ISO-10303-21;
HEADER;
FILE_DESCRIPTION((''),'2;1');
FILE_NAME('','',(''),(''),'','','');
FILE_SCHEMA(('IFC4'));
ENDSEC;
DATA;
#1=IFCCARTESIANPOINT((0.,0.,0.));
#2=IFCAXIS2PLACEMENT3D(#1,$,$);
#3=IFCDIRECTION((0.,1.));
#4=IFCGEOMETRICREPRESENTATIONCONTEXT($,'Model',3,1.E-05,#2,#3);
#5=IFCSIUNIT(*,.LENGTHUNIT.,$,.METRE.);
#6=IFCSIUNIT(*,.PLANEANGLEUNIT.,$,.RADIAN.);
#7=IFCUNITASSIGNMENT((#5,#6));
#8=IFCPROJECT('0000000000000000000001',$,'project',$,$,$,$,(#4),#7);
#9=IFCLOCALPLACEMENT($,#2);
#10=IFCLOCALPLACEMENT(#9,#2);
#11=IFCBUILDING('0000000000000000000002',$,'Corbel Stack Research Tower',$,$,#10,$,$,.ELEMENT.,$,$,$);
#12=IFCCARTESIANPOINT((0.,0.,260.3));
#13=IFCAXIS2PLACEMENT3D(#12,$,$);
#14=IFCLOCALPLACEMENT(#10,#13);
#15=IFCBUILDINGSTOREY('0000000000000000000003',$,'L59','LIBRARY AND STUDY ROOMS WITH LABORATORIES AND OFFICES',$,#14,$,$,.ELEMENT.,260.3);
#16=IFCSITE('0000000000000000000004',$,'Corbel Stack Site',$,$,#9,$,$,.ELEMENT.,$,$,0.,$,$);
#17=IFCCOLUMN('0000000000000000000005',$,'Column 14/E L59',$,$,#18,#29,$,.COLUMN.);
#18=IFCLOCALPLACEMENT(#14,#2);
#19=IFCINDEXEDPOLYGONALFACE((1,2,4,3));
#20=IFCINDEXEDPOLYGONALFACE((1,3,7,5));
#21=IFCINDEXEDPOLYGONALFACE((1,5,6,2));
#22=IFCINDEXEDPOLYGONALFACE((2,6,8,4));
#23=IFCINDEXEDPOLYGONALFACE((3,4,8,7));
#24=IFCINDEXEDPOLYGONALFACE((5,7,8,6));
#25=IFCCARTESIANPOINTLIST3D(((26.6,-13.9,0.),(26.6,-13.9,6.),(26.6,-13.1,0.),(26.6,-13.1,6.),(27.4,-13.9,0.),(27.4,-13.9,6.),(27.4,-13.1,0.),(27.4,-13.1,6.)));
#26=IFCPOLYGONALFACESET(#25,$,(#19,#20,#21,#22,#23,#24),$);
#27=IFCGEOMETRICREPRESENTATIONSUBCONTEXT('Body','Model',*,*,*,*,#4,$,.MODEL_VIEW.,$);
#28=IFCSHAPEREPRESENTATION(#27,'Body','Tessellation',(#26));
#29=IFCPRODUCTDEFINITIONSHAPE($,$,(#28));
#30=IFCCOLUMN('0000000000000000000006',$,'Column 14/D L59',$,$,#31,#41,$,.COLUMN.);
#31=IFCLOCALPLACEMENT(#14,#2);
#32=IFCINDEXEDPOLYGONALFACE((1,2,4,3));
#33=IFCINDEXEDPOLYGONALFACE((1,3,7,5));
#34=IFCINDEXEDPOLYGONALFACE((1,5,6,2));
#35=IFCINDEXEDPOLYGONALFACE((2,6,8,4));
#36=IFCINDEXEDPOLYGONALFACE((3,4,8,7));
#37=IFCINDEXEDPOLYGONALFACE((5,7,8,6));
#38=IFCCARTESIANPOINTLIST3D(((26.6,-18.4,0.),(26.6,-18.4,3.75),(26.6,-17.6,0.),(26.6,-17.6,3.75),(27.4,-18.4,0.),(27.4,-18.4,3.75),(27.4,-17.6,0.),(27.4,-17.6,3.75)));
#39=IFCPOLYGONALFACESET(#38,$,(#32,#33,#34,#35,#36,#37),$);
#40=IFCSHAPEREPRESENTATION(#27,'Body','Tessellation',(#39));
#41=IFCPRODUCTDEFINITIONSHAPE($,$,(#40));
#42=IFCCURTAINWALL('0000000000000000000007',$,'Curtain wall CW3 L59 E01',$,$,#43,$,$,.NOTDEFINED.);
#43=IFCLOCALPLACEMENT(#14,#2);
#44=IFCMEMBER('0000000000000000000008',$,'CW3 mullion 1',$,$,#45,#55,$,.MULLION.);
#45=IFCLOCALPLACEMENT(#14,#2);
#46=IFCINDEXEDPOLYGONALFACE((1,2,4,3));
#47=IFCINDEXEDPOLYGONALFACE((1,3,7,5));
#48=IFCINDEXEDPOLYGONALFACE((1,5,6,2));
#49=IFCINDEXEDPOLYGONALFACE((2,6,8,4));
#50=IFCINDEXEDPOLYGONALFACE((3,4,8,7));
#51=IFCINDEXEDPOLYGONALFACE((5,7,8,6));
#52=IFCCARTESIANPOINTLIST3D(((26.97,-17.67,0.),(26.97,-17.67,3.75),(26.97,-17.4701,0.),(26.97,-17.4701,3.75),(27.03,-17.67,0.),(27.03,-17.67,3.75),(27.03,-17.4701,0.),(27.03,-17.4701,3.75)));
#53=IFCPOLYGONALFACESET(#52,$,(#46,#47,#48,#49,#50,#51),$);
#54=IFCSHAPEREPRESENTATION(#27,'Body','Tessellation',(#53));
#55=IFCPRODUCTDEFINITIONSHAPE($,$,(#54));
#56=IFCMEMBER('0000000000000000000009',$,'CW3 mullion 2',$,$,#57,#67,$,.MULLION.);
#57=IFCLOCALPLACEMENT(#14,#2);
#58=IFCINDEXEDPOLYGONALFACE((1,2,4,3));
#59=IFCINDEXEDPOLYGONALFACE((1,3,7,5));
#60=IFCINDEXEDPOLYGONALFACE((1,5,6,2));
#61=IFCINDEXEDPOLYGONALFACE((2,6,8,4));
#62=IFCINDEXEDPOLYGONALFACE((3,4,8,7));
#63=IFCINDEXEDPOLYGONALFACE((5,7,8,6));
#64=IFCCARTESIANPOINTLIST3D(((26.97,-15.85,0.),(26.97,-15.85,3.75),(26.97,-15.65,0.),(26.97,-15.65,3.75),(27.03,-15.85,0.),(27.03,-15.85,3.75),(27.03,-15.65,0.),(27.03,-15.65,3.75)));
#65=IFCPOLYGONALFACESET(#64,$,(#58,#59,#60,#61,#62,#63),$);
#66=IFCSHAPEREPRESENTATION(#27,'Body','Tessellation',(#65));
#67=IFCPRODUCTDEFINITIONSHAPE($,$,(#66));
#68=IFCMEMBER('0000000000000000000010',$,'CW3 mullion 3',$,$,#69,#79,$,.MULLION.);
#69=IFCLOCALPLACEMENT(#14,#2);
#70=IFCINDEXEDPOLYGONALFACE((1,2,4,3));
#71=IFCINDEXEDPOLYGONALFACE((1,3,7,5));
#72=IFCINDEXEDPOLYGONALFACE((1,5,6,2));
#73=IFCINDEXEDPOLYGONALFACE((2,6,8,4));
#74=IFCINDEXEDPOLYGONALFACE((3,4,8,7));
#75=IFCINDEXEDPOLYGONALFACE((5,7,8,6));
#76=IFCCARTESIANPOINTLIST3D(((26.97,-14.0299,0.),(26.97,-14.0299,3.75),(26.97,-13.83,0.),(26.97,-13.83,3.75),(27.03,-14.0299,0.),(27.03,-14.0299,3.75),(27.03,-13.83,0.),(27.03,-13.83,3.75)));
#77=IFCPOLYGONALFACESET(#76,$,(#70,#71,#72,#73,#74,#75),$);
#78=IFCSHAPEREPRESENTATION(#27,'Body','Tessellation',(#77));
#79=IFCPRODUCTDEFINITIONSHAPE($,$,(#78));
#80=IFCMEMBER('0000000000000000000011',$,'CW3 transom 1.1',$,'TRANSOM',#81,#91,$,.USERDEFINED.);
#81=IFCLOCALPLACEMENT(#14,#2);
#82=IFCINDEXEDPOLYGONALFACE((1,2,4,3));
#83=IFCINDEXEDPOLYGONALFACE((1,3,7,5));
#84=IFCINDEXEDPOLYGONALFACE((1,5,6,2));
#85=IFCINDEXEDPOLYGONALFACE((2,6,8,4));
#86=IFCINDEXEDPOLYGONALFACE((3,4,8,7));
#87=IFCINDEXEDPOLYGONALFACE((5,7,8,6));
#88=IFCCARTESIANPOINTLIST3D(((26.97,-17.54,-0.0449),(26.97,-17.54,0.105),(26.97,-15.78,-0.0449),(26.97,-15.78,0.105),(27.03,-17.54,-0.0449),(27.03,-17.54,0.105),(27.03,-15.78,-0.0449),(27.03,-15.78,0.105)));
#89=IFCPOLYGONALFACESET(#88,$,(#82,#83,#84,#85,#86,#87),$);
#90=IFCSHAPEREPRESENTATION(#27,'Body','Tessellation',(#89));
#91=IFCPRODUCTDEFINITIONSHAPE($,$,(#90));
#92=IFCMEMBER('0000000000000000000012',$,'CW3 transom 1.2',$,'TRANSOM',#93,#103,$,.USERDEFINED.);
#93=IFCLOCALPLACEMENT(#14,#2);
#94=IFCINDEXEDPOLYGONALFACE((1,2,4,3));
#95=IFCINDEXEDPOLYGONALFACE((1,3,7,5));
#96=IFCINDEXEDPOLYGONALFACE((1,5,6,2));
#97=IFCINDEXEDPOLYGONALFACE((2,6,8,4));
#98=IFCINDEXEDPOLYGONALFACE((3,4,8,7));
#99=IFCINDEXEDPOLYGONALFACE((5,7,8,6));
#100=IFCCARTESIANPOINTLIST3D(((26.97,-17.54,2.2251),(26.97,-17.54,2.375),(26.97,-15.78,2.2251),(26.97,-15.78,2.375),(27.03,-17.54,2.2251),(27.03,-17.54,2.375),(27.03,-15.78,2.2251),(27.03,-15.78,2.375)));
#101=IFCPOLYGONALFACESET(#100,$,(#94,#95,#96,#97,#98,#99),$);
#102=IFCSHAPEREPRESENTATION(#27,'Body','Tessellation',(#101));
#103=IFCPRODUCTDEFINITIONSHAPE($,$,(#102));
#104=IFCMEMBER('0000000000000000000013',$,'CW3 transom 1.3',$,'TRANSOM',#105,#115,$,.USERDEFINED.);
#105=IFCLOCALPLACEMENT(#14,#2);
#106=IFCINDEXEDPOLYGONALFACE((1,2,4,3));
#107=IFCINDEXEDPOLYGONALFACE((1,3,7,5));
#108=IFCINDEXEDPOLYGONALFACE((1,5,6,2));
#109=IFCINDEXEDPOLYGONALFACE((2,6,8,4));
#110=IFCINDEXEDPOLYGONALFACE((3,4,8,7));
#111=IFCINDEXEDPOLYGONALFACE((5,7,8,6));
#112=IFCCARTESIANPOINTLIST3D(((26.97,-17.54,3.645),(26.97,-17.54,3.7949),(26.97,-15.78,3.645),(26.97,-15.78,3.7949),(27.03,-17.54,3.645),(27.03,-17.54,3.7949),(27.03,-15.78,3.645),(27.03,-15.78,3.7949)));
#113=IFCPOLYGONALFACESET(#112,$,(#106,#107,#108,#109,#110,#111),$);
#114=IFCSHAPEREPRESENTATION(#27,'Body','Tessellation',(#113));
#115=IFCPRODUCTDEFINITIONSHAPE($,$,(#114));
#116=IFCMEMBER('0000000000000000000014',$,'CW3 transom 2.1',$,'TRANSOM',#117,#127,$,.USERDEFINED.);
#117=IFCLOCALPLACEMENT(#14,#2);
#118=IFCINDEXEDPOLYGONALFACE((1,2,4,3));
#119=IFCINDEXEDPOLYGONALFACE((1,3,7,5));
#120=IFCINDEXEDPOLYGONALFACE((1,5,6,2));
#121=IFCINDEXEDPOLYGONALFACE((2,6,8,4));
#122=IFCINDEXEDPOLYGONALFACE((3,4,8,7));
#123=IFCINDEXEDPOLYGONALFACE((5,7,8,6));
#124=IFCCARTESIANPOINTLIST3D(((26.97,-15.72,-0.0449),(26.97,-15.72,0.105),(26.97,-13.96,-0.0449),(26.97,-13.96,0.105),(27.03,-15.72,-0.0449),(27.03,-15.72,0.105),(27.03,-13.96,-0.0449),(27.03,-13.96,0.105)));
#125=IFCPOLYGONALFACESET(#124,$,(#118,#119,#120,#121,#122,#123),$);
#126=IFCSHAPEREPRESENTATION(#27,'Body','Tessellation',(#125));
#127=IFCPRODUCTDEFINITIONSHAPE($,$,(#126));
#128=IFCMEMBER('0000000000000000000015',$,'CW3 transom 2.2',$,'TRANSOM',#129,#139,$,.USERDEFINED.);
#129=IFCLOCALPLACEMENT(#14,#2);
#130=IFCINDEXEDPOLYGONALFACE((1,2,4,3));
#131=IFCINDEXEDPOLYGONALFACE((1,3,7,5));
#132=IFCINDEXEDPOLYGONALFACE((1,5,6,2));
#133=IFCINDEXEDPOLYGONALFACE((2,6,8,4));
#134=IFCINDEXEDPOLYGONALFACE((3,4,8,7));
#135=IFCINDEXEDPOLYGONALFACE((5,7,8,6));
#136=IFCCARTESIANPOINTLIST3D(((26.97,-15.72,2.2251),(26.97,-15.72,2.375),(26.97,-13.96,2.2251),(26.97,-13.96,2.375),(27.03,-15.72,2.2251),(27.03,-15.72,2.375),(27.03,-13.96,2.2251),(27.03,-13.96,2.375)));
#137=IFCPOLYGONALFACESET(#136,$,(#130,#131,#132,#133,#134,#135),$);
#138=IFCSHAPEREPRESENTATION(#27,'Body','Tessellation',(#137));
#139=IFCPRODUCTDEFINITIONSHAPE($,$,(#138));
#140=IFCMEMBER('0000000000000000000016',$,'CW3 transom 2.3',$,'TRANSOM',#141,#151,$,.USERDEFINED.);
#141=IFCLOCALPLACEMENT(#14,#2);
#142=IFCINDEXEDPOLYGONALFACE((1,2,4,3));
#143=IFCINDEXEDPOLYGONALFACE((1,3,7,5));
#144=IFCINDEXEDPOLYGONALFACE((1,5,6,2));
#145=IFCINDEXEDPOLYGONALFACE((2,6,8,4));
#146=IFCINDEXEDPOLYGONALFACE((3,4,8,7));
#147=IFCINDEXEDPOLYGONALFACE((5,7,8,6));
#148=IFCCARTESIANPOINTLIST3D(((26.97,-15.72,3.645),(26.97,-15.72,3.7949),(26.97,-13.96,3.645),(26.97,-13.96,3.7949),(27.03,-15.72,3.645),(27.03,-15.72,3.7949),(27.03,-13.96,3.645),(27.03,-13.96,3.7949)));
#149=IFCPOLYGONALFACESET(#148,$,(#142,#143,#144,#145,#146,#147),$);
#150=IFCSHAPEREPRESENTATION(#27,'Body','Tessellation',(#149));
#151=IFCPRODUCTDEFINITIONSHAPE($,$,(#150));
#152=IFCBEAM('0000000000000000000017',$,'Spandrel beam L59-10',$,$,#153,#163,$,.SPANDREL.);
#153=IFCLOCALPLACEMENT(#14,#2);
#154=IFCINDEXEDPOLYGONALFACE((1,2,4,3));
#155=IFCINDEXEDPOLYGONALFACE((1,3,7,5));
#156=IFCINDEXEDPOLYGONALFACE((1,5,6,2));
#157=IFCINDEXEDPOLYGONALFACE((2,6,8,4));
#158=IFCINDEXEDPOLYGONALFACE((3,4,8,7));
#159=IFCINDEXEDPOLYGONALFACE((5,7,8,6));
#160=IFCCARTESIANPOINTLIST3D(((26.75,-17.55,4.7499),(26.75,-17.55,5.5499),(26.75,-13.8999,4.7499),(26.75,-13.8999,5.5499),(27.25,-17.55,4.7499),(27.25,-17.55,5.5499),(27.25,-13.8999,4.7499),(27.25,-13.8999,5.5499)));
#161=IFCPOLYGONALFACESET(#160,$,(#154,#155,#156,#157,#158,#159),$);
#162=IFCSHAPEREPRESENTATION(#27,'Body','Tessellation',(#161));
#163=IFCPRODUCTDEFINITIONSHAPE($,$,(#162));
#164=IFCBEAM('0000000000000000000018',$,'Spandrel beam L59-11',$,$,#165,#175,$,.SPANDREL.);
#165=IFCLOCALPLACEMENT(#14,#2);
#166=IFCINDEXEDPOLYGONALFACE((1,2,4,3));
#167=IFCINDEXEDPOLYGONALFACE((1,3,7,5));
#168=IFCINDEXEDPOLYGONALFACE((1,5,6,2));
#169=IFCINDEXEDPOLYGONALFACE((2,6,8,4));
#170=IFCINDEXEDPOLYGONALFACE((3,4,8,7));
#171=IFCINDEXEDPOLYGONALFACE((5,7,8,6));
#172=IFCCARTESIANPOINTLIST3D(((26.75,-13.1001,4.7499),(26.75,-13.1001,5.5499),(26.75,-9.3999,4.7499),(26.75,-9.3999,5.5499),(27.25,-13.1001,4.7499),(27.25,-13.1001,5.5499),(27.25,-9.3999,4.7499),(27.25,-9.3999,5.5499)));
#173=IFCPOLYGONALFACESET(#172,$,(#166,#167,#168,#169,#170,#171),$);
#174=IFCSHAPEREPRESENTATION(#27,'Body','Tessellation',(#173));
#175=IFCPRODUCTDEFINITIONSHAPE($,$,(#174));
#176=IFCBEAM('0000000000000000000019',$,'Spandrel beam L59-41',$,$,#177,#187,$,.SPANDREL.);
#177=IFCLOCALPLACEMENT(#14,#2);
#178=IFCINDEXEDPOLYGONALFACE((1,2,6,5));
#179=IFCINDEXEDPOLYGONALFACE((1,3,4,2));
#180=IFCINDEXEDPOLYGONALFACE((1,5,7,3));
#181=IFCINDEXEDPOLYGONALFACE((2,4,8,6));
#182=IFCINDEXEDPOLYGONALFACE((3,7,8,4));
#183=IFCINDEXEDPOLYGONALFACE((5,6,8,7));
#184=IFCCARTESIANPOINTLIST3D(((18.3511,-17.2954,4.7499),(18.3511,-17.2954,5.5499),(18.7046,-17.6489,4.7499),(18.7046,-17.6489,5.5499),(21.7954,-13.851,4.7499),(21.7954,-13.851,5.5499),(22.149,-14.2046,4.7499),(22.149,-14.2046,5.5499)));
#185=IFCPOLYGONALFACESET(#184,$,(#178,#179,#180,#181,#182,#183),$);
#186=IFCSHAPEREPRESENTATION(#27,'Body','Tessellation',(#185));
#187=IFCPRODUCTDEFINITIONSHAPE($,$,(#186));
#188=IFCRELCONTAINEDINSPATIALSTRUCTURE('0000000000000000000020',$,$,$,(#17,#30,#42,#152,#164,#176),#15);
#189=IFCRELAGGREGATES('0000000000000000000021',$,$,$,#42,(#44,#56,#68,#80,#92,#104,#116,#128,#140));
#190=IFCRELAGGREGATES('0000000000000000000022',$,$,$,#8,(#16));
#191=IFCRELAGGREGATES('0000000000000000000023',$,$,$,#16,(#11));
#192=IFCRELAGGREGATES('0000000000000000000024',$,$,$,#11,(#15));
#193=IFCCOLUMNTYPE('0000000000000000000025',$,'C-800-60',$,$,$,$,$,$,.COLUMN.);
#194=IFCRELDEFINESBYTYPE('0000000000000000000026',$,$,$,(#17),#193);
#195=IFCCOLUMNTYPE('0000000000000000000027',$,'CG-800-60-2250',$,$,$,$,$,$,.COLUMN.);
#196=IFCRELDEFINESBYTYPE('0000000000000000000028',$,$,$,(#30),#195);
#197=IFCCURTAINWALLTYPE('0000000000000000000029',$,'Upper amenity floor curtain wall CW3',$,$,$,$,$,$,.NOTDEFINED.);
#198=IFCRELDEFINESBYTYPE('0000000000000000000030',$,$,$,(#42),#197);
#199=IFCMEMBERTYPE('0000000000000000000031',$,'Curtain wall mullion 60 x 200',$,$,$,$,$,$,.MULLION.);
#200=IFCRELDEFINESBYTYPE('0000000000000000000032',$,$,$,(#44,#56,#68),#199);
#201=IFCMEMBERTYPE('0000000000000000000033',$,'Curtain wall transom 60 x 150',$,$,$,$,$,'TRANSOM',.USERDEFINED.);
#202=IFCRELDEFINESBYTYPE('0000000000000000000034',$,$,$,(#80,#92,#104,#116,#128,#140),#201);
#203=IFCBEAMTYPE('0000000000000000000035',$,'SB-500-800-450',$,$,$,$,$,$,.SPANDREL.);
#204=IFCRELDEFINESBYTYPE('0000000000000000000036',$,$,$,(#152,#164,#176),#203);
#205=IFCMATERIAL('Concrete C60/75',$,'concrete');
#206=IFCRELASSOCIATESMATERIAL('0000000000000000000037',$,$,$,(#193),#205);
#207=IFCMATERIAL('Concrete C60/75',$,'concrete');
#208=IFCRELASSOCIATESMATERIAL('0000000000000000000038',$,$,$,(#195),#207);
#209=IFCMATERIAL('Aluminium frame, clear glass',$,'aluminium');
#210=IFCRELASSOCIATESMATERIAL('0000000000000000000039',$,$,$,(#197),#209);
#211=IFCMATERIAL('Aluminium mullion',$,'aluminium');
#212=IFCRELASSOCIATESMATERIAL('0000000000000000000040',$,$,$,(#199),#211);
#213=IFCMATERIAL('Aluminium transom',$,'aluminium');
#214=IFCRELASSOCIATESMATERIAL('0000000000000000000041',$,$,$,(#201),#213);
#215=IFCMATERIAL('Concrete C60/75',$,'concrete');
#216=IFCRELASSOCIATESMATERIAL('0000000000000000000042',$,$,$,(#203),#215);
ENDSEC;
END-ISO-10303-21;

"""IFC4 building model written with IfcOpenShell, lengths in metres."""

from ifc_helpers import new_model, si_unit, direction, frame, origin, origin_2d, place, context, subcontext, project, spatial, rectangle, extrude, material, material_profile, profile_set, type_object, element, aggregate, save


model = new_model("IFC4")

# Units and contexts
model_context = context("Model", 3, precision=1e-05, world=origin(), true_north=direction((0.0, 1.0)))
body_context = subcontext(model_context, "Body", "Model", "MODEL_VIEW")
ifc_project = project(units=[si_unit("LENGTHUNIT", "METRE"), si_unit("PLANEANGLEUNIT", "RADIAN")], contexts=[model_context])

# Site, building, storey
site_placement = place(None, origin())
site = spatial("IfcSite", under=ifc_project, at=site_placement, Name="Corbel Stack Site", CompositionType="ELEMENT", RefElevation=0.0)
building_placement = place(site_placement, origin())
building = spatial("IfcBuilding", under=site, at=building_placement, Name="Corbel Stack Research Tower", CompositionType="ELEMENT")
storey_placement = place(building_placement, frame((0.0, 0.0, 260.3)))
storey = spatial("IfcBuildingStorey", under=building, at=storey_placement, Name="L59", Description="LIBRARY AND STUDY ROOMS WITH LABORATORIES AND OFFICES", CompositionType="ELEMENT", Elevation=260.3)

# Columns
ifc_material_1 = material(Name="Concrete C60/75", Category="concrete")
ifc_material_profile_1 = material_profile(ifc_material_1, rectangle(XDim=0.8, YDim=0.8, at=origin_2d()), Name="RC 800 x 800")
ifc_profile_set_1 = profile_set([ifc_material_profile_1], Name="Concrete C60/75")
column_type_1 = type_object("IfcColumnType", Name="C-800-60", PredefinedType="COLUMN", material=ifc_profile_set_1)
column_1_placement = place(storey_placement, frame((27.0, -13.5, 0.0), z_axis=(0.0, 0.0, 1.0), x_axis=(1.0, 0.0, 0.0)))
element("IfcColumn", 1, at=column_1_placement, inside=storey, type_object=column_type_1, Name="Column 14/E L59", PredefinedType="COLUMN", context=body_context, shape_type="SweptSolid", body=[
    extrude(rectangle(XDim=0.8, YDim=0.8, at=origin_2d()), origin(), (0.0, 0.0, 1.0), 6.0),
])
ifc_material_2 = material(Name="Concrete C60/75", Category="concrete")
ifc_material_profile_2 = material_profile(ifc_material_2, rectangle(XDim=0.8, YDim=0.8, at=origin_2d()), Name="RC 800 x 800")
ifc_profile_set_2 = profile_set([ifc_material_profile_2], Name="Concrete C60/75")
column_type_2 = type_object("IfcColumnType", Name="CG-800-60-2250", PredefinedType="COLUMN", material=ifc_profile_set_2)
column_2_placement = place(storey_placement, frame((27.0, -18.0, 0.0), z_axis=(0.0, 0.0, 1.0), x_axis=(1.0, 0.0, 0.0)))
element("IfcColumn", 2, at=column_2_placement, inside=storey, type_object=column_type_2, Name="Column 14/D L59", PredefinedType="COLUMN", context=body_context, shape_type="SweptSolid", body=[
    extrude(rectangle(XDim=0.8, YDim=0.8, at=origin_2d()), origin(), (0.0, 0.0, 1.0), 3.75),
])

# Curtain wall, members
ifc_material_3 = material(Name="Aluminium frame, clear glass", Category="aluminium")
curtain_wall_type = type_object("IfcCurtainWallType", Name="Upper amenity floor curtain wall CW3", PredefinedType="NOTDEFINED", material=ifc_material_3)
curtain_wall_placement = place(storey_placement, origin())
curtain_wall = element("IfcCurtainWall", 3, at=curtain_wall_placement, inside=storey, type_object=curtain_wall_type, Name="Curtain wall CW3 L59 E01", PredefinedType="NOTDEFINED")
ifc_material_4 = material(Name="Aluminium mullion", Category="aluminium")
ifc_material_profile_3 = material_profile(ifc_material_4, rectangle(XDim=0.0601, YDim=0.2, at=origin_2d()), Name="Mullion 60 x 200")
ifc_profile_set_3 = profile_set([ifc_material_profile_3], Name="Aluminium mullion")
member_type_1 = type_object("IfcMemberType", Name="Curtain wall mullion 60 x 200", PredefinedType="MULLION", material=ifc_profile_set_3)
member_1_placement = place(storey_placement, frame((27.0, -17.5701, 0.0), z_axis=(0.0, 0.0, 1.0), x_axis=(-1.0, 0.0, 0.0)))
member_1 = element("IfcMember", 4, at=member_1_placement, type_object=member_type_1, Name="CW3 mullion 1", PredefinedType="MULLION", context=body_context, shape_type="SweptSolid", body=[
    extrude(rectangle(XDim=0.0601, YDim=0.2, at=origin_2d()), origin(), (0.0, 0.0, 1.0), 3.75),
])
member_2_placement = place(storey_placement, frame((27.0, -15.75, 0.0), z_axis=(0.0, 0.0, 1.0), x_axis=(-1.0, 0.0, 0.0)))
member_2 = element("IfcMember", 5, at=member_2_placement, type_object=member_type_1, Name="CW3 mullion 2", PredefinedType="MULLION", context=body_context, shape_type="SweptSolid", body=[
    extrude(rectangle(XDim=0.0601, YDim=0.2, at=origin_2d()), origin(), (0.0, 0.0, 1.0), 3.75),
])
member_3_placement = place(storey_placement, frame((27.0, -13.9299, 0.0), z_axis=(0.0, 0.0, 1.0), x_axis=(-1.0, 0.0, 0.0)))
member_3 = element("IfcMember", 6, at=member_3_placement, type_object=member_type_1, Name="CW3 mullion 3", PredefinedType="MULLION", context=body_context, shape_type="SweptSolid", body=[
    extrude(rectangle(XDim=0.0601, YDim=0.2, at=origin_2d()), origin(), (0.0, 0.0, 1.0), 3.75),
])
ifc_material_5 = material(Name="Aluminium transom", Category="aluminium")
ifc_material_profile_4 = material_profile(ifc_material_5, rectangle(XDim=0.0601, YDim=0.1499, at=origin_2d()), Name="Transom 60 x 150")
ifc_profile_set_4 = profile_set([ifc_material_profile_4], Name="Aluminium transom")
member_type_2 = type_object("IfcMemberType", Name="Curtain wall transom 60 x 150", ElementType="TRANSOM", PredefinedType="USERDEFINED", material=ifc_profile_set_4)
member_4_placement = place(storey_placement, frame((27.0, -17.54, 0.03), z_axis=(0.0, 1.0, 0.0), x_axis=(-1.0, 0.0, 0.0)))
member_4 = element("IfcMember", 7, at=member_4_placement, type_object=member_type_2, Name="CW3 transom 1.1", ObjectType="TRANSOM", PredefinedType="USERDEFINED", context=body_context, shape_type="SweptSolid", body=[
    extrude(rectangle(XDim=0.0601, YDim=0.1499, at=origin_2d()), origin(), (0.0, 0.0, 1.0), 1.76),
])
member_5_placement = place(storey_placement, frame((27.0, -17.54, 2.3), z_axis=(0.0, 1.0, 0.0), x_axis=(-1.0, 0.0, 0.0)))
member_5 = element("IfcMember", 8, at=member_5_placement, type_object=member_type_2, Name="CW3 transom 1.2", ObjectType="TRANSOM", PredefinedType="USERDEFINED", context=body_context, shape_type="SweptSolid", body=[
    extrude(rectangle(XDim=0.0601, YDim=0.1499, at=origin_2d()), origin(), (0.0, 0.0, 1.0), 1.76),
])
member_6_placement = place(storey_placement, frame((27.0, -17.54, 3.72), z_axis=(0.0, 1.0, 0.0), x_axis=(-1.0, 0.0, 0.0)))
member_6 = element("IfcMember", 9, at=member_6_placement, type_object=member_type_2, Name="CW3 transom 1.3", ObjectType="TRANSOM", PredefinedType="USERDEFINED", context=body_context, shape_type="SweptSolid", body=[
    extrude(rectangle(XDim=0.0601, YDim=0.1499, at=origin_2d()), origin(), (0.0, 0.0, 1.0), 1.76),
])
member_7_placement = place(storey_placement, frame((27.0, -15.72, 0.03), z_axis=(0.0, 1.0, 0.0), x_axis=(-1.0, 0.0, 0.0)))
member_7 = element("IfcMember", 10, at=member_7_placement, type_object=member_type_2, Name="CW3 transom 2.1", ObjectType="TRANSOM", PredefinedType="USERDEFINED", context=body_context, shape_type="SweptSolid", body=[
    extrude(rectangle(XDim=0.0601, YDim=0.1499, at=origin_2d()), origin(), (0.0, 0.0, 1.0), 1.76),
])
member_8_placement = place(storey_placement, frame((27.0, -15.72, 2.3), z_axis=(0.0, 1.0, 0.0), x_axis=(-1.0, 0.0, 0.0)))
member_8 = element("IfcMember", 11, at=member_8_placement, type_object=member_type_2, Name="CW3 transom 2.2", ObjectType="TRANSOM", PredefinedType="USERDEFINED", context=body_context, shape_type="SweptSolid", body=[
    extrude(rectangle(XDim=0.0601, YDim=0.1499, at=origin_2d()), origin(), (0.0, 0.0, 1.0), 1.76),
])
member_9_placement = place(storey_placement, frame((27.0, -15.72, 3.72), z_axis=(0.0, 1.0, 0.0), x_axis=(-1.0, 0.0, 0.0)))
member_9 = element("IfcMember", 12, at=member_9_placement, type_object=member_type_2, Name="CW3 transom 2.3", ObjectType="TRANSOM", PredefinedType="USERDEFINED", context=body_context, shape_type="SweptSolid", body=[
    extrude(rectangle(XDim=0.0601, YDim=0.1499, at=origin_2d()), origin(), (0.0, 0.0, 1.0), 1.76),
])

# Beams
ifc_material_6 = material(Name="Concrete C60/75", Category="concrete")
ifc_material_profile_5 = material_profile(ifc_material_6, rectangle(XDim=0.5, YDim=0.8, at=origin_2d()), Name="RC 500 x 800")
ifc_profile_set_5 = profile_set([ifc_material_profile_5], Name="Concrete C60/75")
beam_type_1 = type_object("IfcBeamType", Name="SB-500-800-450", PredefinedType="SPANDREL", material=ifc_profile_set_5)
beam_1_placement = place(storey_placement, frame((27.0, -17.55, 5.1499), z_axis=(0.0, 1.0, 0.0), x_axis=(-1.0, 0.0, 0.0)))
element("IfcBeam", 13, at=beam_1_placement, inside=storey, type_object=beam_type_1, Name="Spandrel beam L59-10", PredefinedType="SPANDREL", context=body_context, shape_type="SweptSolid", body=[
    extrude(rectangle(XDim=0.5, YDim=0.8, at=origin_2d()), origin(), (0.0, 0.0, 1.0), 3.6501),
])
beam_2_placement = place(storey_placement, frame((27.0, -13.1001, 5.1499), z_axis=(0.0, 1.0, 0.0), x_axis=(-1.0, 0.0, 0.0)))
element("IfcBeam", 14, at=beam_2_placement, inside=storey, type_object=beam_type_1, Name="Spandrel beam L59-11", PredefinedType="SPANDREL", context=body_context, shape_type="SweptSolid", body=[
    extrude(rectangle(XDim=0.5, YDim=0.8, at=origin_2d()), origin(), (0.0, 0.0, 1.0), 3.7002),
])
beam_3_placement = place(storey_placement, frame((18.5278, -17.4722, 5.1499), z_axis=(0.707107, 0.707107, 0.0), x_axis=(-0.707107, 0.707107, 0.0)))
element("IfcBeam", 15, at=beam_3_placement, inside=storey, type_object=beam_type_1, Name="Spandrel beam L59-41", PredefinedType="SPANDREL", context=body_context, shape_type="SweptSolid", body=[
    extrude(rectangle(XDim=0.5, YDim=0.8, at=origin_2d()), origin(), (0.0, 0.0, 1.0), 4.8711),
])

aggregate(curtain_wall, [member_1, member_2, member_3, member_4, member_5, member_6, member_7, member_8, member_9])

save(model, "model.ifc")
